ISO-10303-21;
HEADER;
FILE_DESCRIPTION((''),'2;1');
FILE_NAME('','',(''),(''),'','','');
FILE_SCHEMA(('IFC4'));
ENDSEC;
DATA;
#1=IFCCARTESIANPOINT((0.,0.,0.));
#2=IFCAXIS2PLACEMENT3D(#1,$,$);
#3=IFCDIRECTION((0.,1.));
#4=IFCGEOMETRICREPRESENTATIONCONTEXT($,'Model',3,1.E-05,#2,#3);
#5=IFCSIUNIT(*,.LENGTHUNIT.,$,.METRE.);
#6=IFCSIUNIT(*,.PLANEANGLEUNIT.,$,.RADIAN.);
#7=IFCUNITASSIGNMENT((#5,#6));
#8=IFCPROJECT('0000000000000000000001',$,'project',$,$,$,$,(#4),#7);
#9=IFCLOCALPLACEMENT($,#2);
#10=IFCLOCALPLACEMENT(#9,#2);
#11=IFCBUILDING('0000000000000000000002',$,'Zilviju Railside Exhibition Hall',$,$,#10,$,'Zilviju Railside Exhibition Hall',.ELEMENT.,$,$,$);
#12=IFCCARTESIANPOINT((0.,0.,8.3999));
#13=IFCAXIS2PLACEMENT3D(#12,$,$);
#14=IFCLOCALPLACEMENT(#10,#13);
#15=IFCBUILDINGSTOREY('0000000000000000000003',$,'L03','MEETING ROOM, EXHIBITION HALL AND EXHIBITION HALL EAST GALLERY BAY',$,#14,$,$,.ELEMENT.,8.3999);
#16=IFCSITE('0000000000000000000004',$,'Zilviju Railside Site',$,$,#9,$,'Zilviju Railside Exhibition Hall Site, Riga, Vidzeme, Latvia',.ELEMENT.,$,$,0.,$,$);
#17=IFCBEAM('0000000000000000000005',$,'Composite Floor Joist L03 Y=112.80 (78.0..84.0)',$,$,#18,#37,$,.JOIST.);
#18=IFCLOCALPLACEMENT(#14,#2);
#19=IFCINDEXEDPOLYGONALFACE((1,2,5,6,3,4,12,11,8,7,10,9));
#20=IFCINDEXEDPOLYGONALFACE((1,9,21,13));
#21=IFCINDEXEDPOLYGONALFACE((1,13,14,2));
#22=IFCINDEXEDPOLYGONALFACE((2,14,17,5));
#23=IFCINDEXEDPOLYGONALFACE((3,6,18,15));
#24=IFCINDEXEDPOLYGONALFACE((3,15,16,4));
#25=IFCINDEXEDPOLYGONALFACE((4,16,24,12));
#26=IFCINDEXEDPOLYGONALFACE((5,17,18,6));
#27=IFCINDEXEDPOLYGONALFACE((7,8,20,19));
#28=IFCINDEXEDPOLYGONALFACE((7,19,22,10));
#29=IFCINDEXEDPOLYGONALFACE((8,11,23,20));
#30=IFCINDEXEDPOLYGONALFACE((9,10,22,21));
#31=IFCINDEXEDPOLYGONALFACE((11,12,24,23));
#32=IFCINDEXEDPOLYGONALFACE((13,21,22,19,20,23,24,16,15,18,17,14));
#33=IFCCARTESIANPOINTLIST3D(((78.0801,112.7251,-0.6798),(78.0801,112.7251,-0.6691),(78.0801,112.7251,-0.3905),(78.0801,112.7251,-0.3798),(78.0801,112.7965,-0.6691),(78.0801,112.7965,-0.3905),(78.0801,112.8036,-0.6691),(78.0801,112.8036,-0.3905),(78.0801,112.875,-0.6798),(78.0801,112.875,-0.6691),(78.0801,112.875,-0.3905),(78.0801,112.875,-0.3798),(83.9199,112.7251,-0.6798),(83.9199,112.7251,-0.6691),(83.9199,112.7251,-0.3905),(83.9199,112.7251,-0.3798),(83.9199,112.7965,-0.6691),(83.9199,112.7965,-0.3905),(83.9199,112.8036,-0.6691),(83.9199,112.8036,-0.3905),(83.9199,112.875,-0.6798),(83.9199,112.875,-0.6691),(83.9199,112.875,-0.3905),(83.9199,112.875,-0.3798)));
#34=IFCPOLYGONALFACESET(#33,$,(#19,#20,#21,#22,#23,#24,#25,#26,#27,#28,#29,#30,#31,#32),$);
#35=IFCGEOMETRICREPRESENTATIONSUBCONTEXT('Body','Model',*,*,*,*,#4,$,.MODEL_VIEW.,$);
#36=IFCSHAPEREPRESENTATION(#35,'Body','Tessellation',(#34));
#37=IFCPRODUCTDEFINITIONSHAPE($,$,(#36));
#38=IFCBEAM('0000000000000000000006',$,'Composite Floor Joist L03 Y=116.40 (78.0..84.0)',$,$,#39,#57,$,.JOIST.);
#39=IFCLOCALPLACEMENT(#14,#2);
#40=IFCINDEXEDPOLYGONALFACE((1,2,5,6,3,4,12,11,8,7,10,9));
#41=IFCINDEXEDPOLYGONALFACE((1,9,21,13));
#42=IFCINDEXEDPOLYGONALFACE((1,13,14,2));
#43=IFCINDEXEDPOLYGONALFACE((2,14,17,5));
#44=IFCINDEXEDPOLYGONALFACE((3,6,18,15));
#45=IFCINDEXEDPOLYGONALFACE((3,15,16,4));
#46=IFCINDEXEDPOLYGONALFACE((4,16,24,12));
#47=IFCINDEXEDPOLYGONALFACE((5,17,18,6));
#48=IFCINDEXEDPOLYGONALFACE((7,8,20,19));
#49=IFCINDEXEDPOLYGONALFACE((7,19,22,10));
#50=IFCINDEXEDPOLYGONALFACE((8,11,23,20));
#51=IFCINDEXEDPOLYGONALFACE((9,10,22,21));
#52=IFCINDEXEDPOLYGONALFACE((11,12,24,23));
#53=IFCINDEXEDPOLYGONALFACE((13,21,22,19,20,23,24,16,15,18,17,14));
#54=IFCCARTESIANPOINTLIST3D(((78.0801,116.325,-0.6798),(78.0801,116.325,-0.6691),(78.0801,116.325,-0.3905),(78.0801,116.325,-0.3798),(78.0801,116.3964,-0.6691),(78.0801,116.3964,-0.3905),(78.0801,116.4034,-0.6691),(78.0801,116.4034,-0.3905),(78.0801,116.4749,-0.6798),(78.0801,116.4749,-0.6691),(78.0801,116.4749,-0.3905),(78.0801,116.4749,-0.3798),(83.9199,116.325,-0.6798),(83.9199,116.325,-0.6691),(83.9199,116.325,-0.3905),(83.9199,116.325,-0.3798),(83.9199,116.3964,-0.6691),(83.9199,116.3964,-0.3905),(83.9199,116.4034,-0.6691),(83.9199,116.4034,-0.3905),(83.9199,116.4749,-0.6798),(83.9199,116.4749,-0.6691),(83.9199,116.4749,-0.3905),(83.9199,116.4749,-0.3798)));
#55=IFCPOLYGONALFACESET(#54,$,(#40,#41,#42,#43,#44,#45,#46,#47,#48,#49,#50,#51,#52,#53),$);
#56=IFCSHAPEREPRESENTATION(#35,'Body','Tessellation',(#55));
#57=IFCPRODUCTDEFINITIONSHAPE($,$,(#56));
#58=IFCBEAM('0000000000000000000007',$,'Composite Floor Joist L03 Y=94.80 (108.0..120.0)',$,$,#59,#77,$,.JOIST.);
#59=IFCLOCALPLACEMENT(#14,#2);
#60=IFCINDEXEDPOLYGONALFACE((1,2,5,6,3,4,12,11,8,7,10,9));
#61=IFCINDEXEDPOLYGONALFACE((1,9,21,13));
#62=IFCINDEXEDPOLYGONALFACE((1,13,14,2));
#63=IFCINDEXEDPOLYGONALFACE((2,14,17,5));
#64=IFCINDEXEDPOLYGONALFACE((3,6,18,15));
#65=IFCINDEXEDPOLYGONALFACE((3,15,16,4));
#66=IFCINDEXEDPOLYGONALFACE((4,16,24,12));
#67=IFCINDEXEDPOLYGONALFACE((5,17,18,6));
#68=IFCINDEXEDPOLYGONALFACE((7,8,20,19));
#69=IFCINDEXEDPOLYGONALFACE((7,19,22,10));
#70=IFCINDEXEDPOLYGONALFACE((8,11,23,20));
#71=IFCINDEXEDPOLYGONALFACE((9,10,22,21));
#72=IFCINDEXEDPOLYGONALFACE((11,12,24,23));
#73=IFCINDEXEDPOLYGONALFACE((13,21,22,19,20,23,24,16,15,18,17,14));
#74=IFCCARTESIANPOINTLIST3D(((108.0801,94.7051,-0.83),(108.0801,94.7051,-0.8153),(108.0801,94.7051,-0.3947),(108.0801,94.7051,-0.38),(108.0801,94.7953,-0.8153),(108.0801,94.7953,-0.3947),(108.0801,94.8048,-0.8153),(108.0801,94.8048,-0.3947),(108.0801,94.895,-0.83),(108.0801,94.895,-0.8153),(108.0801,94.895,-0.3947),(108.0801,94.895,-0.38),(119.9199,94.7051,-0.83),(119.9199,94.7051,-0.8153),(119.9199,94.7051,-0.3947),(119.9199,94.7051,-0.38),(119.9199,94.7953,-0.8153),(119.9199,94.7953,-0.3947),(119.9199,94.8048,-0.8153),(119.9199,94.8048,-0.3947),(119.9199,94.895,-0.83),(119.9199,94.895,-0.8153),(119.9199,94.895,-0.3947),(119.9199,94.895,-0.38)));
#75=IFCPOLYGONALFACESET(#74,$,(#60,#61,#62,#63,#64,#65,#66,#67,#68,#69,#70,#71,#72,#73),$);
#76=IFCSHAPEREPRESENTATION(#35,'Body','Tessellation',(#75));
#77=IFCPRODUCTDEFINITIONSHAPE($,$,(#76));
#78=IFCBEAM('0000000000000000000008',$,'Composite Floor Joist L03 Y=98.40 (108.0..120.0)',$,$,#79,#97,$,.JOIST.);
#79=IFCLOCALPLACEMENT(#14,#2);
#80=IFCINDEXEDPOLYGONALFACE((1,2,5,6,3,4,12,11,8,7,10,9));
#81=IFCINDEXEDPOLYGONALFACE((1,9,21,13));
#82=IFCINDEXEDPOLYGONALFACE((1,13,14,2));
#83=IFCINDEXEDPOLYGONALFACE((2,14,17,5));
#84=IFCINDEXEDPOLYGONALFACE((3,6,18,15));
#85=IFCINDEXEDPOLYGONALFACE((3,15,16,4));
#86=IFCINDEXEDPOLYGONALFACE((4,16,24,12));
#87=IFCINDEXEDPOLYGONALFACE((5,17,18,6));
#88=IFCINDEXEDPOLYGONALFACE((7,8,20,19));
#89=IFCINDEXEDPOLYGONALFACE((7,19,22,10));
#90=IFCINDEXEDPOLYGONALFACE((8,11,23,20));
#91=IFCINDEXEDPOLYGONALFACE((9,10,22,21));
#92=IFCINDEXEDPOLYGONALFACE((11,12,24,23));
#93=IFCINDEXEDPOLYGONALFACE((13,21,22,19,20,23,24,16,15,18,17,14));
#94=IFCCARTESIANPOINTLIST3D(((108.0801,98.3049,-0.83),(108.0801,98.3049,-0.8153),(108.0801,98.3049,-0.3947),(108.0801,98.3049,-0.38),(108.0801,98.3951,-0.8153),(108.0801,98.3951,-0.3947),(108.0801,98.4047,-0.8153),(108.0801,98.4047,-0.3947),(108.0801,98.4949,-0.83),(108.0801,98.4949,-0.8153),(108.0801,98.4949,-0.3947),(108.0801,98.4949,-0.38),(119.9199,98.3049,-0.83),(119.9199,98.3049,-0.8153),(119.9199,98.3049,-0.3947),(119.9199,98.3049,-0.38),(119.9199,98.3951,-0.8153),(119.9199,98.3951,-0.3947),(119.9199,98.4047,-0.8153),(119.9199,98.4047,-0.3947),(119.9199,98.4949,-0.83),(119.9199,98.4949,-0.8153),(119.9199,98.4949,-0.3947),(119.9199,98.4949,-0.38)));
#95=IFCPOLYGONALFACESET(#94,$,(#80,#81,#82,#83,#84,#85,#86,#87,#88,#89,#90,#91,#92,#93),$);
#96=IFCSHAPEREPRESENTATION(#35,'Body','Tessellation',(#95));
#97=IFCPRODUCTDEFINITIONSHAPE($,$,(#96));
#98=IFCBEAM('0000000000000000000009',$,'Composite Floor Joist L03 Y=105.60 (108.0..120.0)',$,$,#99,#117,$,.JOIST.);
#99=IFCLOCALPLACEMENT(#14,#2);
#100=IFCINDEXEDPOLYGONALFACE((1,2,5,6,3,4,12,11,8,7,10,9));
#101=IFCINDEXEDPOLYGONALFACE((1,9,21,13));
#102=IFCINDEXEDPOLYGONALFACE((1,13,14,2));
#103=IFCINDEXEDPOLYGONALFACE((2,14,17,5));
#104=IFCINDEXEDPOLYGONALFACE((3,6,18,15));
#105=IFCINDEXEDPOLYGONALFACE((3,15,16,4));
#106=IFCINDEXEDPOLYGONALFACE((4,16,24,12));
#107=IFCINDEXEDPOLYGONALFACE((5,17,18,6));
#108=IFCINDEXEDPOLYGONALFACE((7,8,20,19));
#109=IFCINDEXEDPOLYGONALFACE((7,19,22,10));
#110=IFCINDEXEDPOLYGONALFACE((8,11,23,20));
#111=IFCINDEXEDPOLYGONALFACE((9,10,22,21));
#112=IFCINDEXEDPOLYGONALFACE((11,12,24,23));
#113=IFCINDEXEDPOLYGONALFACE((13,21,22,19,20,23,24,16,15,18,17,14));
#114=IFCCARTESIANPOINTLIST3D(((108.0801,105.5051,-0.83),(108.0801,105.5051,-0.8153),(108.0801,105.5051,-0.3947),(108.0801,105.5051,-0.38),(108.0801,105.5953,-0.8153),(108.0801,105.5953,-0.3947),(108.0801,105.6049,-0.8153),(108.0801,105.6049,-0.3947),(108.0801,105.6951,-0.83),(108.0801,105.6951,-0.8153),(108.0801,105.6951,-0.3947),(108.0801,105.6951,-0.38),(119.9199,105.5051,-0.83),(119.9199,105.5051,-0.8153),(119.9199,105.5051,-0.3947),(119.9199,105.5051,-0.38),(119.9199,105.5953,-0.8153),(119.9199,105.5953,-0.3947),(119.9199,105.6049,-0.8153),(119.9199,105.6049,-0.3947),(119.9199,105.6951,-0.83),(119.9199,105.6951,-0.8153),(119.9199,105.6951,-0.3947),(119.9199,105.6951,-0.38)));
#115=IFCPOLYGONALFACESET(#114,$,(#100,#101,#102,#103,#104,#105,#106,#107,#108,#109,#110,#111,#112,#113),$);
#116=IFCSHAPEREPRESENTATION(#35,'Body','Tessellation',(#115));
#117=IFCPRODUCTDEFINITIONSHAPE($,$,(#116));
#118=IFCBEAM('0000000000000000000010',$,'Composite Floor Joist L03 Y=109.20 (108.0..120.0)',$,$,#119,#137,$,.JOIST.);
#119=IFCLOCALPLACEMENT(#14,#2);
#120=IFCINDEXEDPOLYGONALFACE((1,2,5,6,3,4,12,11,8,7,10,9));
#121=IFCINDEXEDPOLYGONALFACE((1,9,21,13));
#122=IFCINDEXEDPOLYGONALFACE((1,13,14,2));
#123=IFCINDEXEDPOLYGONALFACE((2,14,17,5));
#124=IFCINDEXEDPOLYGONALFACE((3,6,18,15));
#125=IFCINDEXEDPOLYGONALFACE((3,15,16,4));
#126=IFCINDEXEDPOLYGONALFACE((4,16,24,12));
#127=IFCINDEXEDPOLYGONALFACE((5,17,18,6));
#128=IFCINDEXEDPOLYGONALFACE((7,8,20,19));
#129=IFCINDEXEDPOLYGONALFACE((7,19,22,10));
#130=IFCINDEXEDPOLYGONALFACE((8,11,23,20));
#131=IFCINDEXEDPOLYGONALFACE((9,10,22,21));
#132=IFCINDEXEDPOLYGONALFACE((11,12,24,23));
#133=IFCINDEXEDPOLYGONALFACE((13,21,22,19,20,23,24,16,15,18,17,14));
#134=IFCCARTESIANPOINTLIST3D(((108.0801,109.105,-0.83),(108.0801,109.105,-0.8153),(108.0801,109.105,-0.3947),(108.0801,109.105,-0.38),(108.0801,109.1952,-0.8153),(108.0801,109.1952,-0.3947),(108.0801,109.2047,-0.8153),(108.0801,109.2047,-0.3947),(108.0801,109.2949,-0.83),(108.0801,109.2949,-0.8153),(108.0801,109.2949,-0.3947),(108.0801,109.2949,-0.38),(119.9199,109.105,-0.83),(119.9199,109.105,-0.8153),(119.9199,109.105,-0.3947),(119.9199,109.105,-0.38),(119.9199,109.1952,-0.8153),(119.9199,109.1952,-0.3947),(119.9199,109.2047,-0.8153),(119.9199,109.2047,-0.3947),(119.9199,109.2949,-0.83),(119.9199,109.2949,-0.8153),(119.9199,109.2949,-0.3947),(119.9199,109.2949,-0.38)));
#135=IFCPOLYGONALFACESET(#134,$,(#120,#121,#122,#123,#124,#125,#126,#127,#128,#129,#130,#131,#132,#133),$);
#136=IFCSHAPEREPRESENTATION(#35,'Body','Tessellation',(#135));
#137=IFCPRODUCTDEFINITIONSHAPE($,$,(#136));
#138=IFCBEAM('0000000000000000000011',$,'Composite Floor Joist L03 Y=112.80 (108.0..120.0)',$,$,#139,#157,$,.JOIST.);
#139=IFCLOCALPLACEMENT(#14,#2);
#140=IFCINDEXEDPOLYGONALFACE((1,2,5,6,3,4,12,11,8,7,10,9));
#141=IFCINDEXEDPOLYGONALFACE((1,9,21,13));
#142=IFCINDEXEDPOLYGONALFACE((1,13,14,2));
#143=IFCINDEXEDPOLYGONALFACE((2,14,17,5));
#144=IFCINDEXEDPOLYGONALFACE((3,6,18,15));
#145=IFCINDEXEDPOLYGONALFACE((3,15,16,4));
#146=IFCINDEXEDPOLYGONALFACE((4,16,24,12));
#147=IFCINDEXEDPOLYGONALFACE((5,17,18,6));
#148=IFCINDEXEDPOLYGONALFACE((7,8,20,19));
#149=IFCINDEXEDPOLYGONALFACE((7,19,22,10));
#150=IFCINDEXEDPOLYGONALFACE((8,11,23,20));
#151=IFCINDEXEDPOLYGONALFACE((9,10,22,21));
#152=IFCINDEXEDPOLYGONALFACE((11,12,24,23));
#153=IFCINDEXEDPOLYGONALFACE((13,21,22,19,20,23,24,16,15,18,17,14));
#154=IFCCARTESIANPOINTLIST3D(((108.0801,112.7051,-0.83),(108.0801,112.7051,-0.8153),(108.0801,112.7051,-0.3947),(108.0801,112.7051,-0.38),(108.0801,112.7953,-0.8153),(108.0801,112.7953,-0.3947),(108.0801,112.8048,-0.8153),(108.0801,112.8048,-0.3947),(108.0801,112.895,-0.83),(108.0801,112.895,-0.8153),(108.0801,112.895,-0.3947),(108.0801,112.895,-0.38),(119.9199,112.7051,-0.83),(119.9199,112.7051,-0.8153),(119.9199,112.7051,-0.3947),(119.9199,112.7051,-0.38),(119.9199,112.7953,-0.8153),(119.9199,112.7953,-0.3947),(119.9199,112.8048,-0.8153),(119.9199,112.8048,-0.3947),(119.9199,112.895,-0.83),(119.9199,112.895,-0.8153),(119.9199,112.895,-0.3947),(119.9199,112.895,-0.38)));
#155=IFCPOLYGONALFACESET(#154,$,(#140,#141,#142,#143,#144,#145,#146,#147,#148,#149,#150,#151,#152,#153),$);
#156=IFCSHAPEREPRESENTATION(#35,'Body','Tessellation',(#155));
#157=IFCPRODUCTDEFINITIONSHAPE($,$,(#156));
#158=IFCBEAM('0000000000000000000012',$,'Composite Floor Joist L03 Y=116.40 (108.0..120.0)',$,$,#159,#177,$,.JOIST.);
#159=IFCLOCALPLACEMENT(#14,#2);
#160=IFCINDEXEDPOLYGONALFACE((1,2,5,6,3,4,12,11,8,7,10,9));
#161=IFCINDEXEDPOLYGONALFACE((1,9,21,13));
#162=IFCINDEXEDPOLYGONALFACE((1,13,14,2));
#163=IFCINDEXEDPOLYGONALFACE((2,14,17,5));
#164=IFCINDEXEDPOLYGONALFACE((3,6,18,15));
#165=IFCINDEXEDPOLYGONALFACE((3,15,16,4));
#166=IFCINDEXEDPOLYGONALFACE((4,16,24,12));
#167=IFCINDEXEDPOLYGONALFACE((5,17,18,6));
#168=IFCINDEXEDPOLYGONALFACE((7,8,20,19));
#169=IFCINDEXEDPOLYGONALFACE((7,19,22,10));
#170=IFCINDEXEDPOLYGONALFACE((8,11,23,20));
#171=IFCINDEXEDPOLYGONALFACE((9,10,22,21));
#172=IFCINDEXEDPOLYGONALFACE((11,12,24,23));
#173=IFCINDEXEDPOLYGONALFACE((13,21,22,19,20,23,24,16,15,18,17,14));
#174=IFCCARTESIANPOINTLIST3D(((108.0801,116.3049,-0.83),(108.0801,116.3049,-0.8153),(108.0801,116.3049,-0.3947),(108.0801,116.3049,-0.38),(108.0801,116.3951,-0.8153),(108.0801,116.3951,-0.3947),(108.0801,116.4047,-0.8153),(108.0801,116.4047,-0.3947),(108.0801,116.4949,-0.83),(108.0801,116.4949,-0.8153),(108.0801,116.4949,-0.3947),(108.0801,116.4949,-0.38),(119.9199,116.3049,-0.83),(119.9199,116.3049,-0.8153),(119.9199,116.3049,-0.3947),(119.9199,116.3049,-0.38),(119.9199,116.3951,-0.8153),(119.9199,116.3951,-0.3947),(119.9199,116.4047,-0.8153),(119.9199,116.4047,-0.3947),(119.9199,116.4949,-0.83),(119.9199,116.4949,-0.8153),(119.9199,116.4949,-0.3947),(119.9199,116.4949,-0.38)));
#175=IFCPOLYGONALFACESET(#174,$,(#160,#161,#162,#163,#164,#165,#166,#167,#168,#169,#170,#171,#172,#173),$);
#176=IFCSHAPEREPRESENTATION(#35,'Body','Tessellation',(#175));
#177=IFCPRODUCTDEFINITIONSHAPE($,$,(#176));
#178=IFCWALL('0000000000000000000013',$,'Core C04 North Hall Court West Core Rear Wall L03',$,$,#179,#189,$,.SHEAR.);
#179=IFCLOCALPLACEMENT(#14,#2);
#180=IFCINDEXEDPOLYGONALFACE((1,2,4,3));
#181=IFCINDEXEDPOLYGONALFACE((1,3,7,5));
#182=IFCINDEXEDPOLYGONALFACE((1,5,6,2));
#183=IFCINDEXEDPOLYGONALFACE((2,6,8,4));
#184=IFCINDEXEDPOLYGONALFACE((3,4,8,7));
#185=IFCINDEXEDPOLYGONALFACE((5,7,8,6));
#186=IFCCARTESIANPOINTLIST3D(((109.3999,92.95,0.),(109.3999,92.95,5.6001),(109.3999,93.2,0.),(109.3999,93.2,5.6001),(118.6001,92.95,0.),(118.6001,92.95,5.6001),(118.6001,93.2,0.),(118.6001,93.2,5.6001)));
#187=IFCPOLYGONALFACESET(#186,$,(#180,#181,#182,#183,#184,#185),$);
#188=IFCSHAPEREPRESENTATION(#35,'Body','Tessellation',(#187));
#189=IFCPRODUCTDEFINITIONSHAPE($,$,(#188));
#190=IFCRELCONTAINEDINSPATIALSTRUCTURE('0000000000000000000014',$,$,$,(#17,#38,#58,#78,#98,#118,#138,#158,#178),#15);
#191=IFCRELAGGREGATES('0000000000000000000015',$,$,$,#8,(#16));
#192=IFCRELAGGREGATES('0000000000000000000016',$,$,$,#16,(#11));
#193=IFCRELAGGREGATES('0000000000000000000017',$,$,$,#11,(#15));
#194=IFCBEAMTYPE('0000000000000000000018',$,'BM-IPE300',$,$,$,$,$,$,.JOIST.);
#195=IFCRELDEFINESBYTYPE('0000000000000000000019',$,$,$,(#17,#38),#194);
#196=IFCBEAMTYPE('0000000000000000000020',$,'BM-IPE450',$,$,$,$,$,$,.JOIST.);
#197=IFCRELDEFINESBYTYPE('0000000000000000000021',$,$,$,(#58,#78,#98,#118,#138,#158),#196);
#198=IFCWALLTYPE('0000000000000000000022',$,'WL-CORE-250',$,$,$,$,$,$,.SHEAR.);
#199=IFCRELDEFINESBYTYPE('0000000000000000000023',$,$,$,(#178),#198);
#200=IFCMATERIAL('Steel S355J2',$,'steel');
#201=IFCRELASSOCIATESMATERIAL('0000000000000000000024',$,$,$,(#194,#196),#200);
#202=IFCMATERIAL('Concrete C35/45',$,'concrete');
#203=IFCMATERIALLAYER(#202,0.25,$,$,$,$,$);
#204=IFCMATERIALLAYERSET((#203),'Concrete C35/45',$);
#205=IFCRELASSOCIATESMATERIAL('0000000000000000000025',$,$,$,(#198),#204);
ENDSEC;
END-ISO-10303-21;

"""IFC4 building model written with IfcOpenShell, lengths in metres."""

from ifc_helpers import new_model, si_unit, direction, frame, frame_2d, origin, origin_2d, place, context, subcontext, project, spatial, rectangle, i_section, extrude, material, layer, layer_set, material_profile, profile_set, type_object, element, save


model = new_model("IFC4")

# Units and contexts
model_context = context("Model", 3, precision=1e-05, world=origin(), true_north=direction((0.0, 1.0)))
body_context = subcontext(model_context, "Body", "Model", "MODEL_VIEW")
ifc_project = project(units=[si_unit("LENGTHUNIT", "METRE"), si_unit("PLANEANGLEUNIT", "RADIAN")], contexts=[model_context])

# Site, building, storey
site_placement = place(None, origin())
site = spatial("IfcSite", under=ifc_project, at=site_placement, Name="Zilviju Railside Site", LongName="Zilviju Railside Exhibition Hall Site, Riga, Vidzeme, Latvia", CompositionType="ELEMENT", RefElevation=0.0)
building_placement = place(site_placement, origin())
building = spatial("IfcBuilding", under=site, at=building_placement, Name="Zilviju Railside Exhibition Hall", LongName="Zilviju Railside Exhibition Hall", CompositionType="ELEMENT")
storey_placement = place(building_placement, frame((0.0, 0.0, 8.3999)))
storey = spatial("IfcBuildingStorey", under=building, at=storey_placement, Name="L03", Description="MEETING ROOM, EXHIBITION HALL AND EXHIBITION HALL EAST GALLERY BAY", CompositionType="ELEMENT", Elevation=8.3999)

# Beams
ifc_material_1 = material(Name="Steel S355J2", Category="steel")
ifc_material_profile_1 = material_profile(ifc_material_1, i_section(OverallWidth=0.1499, OverallDepth=0.3, WebThickness=0.0071, FlangeThickness=0.0107, at=origin_2d()), Name="IPE 300")
ifc_profile_set_1 = profile_set([ifc_material_profile_1], Name="Steel S355J2")
beam_type_1 = type_object("IfcBeamType", Name="BM-IPE300", PredefinedType="JOIST", material=ifc_profile_set_1)
for number, where, z_axis, x_axis, name in (
    (1, (78.0801, 112.8, -0.5298), (1.0, 0.0, 0.0), (0.0, 1.0, 0.0), "Composite Floor Joist L03 Y=112.80 (78.0..84.0)"),
    (2, (78.0801, 116.3999, -0.5298), (1.0, 0.0, 0.0), (0.0, 1.0, 0.0), "Composite Floor Joist L03 Y=116.40 (78.0..84.0)"),
):
    element("IfcBeam", number, at=place(storey_placement, frame(where, z_axis=z_axis, x_axis=x_axis)), inside=storey, type_object=beam_type_1, Name=name, PredefinedType="JOIST", context=body_context, shape_type="SweptSolid", body=[
        extrude(i_section(OverallWidth=0.1499, OverallDepth=0.3, WebThickness=0.0071, FlangeThickness=0.0107, at=origin_2d()), origin(), (0.0, 0.0, 1.0), 5.8398),
    ])
ifc_material_profile_2 = material_profile(ifc_material_1, i_section(OverallWidth=0.1899, OverallDepth=0.45, WebThickness=0.0095, FlangeThickness=0.0146, at=origin_2d()), Name="IPE 450")
ifc_profile_set_2 = profile_set([ifc_material_profile_2], Name="Steel S355J2")
beam_type_2 = type_object("IfcBeamType", Name="BM-IPE450", PredefinedType="JOIST", material=ifc_profile_set_2)
for number, where, z_axis, x_axis, name in (
    (3, (108.0801, 94.8, -0.605), (1.0, 0.0, 0.0), (0.0, 1.0, 0.0), "Composite Floor Joist L03 Y=94.80 (108.0..120.0)"),
    (4, (108.0801, 98.3999, -0.605), (1.0, 0.0, 0.0), (0.0, 1.0, 0.0), "Composite Floor Joist L03 Y=98.40 (108.0..120.0)"),
    (5, (108.0801, 105.6001, -0.605), (1.0, 0.0, 0.0), (0.0, 1.0, 0.0), "Composite Floor Joist L03 Y=105.60 (108.0..120.0)"),
    (6, (108.0801, 109.2, -0.605), (1.0, 0.0, 0.0), (0.0, 1.0, 0.0), "Composite Floor Joist L03 Y=109.20 (108.0..120.0)"),
    (7, (108.0801, 112.8, -0.605), (1.0, 0.0, 0.0), (0.0, 1.0, 0.0), "Composite Floor Joist L03 Y=112.80 (108.0..120.0)"),
    (8, (108.0801, 116.3999, -0.605), (1.0, 0.0, 0.0), (0.0, 1.0, 0.0), "Composite Floor Joist L03 Y=116.40 (108.0..120.0)"),
):
    element("IfcBeam", number, at=place(storey_placement, frame(where, z_axis=z_axis, x_axis=x_axis)), inside=storey, type_object=beam_type_2, Name=name, PredefinedType="JOIST", context=body_context, shape_type="SweptSolid", body=[
        extrude(i_section(OverallWidth=0.1899, OverallDepth=0.45, WebThickness=0.0095, FlangeThickness=0.0146, at=origin_2d()), origin(), (0.0, 0.0, 1.0), 11.8398),
    ])

# Wall
ifc_material_2 = material(Name="Concrete C35/45", Category="concrete")
ifc_layer_1 = layer(ifc_material_2, 0.25)
ifc_layer_set_1 = layer_set([ifc_layer_1], Name="Concrete C35/45")
wall_type_1 = type_object("IfcWallType", Name="WL-CORE-250", PredefinedType="SHEAR", material=ifc_layer_set_1)
wall_1_placement = place(storey_placement, frame((109.3999, 93.075, 0.0), z_axis=(0.0, 0.0, 1.0), x_axis=(1.0, 0.0, 0.0)))
element("IfcWall", 9, at=wall_1_placement, inside=storey, type_object=wall_type_1, Name="Core C04 North Hall Court West Core Rear Wall L03", PredefinedType="SHEAR", context=body_context, shape_type="SweptSolid", body=[
    extrude(rectangle(XDim=9.2002, YDim=0.25, at=frame_2d((4.6001, 0.0))), origin(), (0.0, 0.0, 1.0), 5.6001),
])

save(model, "model.ifc")
